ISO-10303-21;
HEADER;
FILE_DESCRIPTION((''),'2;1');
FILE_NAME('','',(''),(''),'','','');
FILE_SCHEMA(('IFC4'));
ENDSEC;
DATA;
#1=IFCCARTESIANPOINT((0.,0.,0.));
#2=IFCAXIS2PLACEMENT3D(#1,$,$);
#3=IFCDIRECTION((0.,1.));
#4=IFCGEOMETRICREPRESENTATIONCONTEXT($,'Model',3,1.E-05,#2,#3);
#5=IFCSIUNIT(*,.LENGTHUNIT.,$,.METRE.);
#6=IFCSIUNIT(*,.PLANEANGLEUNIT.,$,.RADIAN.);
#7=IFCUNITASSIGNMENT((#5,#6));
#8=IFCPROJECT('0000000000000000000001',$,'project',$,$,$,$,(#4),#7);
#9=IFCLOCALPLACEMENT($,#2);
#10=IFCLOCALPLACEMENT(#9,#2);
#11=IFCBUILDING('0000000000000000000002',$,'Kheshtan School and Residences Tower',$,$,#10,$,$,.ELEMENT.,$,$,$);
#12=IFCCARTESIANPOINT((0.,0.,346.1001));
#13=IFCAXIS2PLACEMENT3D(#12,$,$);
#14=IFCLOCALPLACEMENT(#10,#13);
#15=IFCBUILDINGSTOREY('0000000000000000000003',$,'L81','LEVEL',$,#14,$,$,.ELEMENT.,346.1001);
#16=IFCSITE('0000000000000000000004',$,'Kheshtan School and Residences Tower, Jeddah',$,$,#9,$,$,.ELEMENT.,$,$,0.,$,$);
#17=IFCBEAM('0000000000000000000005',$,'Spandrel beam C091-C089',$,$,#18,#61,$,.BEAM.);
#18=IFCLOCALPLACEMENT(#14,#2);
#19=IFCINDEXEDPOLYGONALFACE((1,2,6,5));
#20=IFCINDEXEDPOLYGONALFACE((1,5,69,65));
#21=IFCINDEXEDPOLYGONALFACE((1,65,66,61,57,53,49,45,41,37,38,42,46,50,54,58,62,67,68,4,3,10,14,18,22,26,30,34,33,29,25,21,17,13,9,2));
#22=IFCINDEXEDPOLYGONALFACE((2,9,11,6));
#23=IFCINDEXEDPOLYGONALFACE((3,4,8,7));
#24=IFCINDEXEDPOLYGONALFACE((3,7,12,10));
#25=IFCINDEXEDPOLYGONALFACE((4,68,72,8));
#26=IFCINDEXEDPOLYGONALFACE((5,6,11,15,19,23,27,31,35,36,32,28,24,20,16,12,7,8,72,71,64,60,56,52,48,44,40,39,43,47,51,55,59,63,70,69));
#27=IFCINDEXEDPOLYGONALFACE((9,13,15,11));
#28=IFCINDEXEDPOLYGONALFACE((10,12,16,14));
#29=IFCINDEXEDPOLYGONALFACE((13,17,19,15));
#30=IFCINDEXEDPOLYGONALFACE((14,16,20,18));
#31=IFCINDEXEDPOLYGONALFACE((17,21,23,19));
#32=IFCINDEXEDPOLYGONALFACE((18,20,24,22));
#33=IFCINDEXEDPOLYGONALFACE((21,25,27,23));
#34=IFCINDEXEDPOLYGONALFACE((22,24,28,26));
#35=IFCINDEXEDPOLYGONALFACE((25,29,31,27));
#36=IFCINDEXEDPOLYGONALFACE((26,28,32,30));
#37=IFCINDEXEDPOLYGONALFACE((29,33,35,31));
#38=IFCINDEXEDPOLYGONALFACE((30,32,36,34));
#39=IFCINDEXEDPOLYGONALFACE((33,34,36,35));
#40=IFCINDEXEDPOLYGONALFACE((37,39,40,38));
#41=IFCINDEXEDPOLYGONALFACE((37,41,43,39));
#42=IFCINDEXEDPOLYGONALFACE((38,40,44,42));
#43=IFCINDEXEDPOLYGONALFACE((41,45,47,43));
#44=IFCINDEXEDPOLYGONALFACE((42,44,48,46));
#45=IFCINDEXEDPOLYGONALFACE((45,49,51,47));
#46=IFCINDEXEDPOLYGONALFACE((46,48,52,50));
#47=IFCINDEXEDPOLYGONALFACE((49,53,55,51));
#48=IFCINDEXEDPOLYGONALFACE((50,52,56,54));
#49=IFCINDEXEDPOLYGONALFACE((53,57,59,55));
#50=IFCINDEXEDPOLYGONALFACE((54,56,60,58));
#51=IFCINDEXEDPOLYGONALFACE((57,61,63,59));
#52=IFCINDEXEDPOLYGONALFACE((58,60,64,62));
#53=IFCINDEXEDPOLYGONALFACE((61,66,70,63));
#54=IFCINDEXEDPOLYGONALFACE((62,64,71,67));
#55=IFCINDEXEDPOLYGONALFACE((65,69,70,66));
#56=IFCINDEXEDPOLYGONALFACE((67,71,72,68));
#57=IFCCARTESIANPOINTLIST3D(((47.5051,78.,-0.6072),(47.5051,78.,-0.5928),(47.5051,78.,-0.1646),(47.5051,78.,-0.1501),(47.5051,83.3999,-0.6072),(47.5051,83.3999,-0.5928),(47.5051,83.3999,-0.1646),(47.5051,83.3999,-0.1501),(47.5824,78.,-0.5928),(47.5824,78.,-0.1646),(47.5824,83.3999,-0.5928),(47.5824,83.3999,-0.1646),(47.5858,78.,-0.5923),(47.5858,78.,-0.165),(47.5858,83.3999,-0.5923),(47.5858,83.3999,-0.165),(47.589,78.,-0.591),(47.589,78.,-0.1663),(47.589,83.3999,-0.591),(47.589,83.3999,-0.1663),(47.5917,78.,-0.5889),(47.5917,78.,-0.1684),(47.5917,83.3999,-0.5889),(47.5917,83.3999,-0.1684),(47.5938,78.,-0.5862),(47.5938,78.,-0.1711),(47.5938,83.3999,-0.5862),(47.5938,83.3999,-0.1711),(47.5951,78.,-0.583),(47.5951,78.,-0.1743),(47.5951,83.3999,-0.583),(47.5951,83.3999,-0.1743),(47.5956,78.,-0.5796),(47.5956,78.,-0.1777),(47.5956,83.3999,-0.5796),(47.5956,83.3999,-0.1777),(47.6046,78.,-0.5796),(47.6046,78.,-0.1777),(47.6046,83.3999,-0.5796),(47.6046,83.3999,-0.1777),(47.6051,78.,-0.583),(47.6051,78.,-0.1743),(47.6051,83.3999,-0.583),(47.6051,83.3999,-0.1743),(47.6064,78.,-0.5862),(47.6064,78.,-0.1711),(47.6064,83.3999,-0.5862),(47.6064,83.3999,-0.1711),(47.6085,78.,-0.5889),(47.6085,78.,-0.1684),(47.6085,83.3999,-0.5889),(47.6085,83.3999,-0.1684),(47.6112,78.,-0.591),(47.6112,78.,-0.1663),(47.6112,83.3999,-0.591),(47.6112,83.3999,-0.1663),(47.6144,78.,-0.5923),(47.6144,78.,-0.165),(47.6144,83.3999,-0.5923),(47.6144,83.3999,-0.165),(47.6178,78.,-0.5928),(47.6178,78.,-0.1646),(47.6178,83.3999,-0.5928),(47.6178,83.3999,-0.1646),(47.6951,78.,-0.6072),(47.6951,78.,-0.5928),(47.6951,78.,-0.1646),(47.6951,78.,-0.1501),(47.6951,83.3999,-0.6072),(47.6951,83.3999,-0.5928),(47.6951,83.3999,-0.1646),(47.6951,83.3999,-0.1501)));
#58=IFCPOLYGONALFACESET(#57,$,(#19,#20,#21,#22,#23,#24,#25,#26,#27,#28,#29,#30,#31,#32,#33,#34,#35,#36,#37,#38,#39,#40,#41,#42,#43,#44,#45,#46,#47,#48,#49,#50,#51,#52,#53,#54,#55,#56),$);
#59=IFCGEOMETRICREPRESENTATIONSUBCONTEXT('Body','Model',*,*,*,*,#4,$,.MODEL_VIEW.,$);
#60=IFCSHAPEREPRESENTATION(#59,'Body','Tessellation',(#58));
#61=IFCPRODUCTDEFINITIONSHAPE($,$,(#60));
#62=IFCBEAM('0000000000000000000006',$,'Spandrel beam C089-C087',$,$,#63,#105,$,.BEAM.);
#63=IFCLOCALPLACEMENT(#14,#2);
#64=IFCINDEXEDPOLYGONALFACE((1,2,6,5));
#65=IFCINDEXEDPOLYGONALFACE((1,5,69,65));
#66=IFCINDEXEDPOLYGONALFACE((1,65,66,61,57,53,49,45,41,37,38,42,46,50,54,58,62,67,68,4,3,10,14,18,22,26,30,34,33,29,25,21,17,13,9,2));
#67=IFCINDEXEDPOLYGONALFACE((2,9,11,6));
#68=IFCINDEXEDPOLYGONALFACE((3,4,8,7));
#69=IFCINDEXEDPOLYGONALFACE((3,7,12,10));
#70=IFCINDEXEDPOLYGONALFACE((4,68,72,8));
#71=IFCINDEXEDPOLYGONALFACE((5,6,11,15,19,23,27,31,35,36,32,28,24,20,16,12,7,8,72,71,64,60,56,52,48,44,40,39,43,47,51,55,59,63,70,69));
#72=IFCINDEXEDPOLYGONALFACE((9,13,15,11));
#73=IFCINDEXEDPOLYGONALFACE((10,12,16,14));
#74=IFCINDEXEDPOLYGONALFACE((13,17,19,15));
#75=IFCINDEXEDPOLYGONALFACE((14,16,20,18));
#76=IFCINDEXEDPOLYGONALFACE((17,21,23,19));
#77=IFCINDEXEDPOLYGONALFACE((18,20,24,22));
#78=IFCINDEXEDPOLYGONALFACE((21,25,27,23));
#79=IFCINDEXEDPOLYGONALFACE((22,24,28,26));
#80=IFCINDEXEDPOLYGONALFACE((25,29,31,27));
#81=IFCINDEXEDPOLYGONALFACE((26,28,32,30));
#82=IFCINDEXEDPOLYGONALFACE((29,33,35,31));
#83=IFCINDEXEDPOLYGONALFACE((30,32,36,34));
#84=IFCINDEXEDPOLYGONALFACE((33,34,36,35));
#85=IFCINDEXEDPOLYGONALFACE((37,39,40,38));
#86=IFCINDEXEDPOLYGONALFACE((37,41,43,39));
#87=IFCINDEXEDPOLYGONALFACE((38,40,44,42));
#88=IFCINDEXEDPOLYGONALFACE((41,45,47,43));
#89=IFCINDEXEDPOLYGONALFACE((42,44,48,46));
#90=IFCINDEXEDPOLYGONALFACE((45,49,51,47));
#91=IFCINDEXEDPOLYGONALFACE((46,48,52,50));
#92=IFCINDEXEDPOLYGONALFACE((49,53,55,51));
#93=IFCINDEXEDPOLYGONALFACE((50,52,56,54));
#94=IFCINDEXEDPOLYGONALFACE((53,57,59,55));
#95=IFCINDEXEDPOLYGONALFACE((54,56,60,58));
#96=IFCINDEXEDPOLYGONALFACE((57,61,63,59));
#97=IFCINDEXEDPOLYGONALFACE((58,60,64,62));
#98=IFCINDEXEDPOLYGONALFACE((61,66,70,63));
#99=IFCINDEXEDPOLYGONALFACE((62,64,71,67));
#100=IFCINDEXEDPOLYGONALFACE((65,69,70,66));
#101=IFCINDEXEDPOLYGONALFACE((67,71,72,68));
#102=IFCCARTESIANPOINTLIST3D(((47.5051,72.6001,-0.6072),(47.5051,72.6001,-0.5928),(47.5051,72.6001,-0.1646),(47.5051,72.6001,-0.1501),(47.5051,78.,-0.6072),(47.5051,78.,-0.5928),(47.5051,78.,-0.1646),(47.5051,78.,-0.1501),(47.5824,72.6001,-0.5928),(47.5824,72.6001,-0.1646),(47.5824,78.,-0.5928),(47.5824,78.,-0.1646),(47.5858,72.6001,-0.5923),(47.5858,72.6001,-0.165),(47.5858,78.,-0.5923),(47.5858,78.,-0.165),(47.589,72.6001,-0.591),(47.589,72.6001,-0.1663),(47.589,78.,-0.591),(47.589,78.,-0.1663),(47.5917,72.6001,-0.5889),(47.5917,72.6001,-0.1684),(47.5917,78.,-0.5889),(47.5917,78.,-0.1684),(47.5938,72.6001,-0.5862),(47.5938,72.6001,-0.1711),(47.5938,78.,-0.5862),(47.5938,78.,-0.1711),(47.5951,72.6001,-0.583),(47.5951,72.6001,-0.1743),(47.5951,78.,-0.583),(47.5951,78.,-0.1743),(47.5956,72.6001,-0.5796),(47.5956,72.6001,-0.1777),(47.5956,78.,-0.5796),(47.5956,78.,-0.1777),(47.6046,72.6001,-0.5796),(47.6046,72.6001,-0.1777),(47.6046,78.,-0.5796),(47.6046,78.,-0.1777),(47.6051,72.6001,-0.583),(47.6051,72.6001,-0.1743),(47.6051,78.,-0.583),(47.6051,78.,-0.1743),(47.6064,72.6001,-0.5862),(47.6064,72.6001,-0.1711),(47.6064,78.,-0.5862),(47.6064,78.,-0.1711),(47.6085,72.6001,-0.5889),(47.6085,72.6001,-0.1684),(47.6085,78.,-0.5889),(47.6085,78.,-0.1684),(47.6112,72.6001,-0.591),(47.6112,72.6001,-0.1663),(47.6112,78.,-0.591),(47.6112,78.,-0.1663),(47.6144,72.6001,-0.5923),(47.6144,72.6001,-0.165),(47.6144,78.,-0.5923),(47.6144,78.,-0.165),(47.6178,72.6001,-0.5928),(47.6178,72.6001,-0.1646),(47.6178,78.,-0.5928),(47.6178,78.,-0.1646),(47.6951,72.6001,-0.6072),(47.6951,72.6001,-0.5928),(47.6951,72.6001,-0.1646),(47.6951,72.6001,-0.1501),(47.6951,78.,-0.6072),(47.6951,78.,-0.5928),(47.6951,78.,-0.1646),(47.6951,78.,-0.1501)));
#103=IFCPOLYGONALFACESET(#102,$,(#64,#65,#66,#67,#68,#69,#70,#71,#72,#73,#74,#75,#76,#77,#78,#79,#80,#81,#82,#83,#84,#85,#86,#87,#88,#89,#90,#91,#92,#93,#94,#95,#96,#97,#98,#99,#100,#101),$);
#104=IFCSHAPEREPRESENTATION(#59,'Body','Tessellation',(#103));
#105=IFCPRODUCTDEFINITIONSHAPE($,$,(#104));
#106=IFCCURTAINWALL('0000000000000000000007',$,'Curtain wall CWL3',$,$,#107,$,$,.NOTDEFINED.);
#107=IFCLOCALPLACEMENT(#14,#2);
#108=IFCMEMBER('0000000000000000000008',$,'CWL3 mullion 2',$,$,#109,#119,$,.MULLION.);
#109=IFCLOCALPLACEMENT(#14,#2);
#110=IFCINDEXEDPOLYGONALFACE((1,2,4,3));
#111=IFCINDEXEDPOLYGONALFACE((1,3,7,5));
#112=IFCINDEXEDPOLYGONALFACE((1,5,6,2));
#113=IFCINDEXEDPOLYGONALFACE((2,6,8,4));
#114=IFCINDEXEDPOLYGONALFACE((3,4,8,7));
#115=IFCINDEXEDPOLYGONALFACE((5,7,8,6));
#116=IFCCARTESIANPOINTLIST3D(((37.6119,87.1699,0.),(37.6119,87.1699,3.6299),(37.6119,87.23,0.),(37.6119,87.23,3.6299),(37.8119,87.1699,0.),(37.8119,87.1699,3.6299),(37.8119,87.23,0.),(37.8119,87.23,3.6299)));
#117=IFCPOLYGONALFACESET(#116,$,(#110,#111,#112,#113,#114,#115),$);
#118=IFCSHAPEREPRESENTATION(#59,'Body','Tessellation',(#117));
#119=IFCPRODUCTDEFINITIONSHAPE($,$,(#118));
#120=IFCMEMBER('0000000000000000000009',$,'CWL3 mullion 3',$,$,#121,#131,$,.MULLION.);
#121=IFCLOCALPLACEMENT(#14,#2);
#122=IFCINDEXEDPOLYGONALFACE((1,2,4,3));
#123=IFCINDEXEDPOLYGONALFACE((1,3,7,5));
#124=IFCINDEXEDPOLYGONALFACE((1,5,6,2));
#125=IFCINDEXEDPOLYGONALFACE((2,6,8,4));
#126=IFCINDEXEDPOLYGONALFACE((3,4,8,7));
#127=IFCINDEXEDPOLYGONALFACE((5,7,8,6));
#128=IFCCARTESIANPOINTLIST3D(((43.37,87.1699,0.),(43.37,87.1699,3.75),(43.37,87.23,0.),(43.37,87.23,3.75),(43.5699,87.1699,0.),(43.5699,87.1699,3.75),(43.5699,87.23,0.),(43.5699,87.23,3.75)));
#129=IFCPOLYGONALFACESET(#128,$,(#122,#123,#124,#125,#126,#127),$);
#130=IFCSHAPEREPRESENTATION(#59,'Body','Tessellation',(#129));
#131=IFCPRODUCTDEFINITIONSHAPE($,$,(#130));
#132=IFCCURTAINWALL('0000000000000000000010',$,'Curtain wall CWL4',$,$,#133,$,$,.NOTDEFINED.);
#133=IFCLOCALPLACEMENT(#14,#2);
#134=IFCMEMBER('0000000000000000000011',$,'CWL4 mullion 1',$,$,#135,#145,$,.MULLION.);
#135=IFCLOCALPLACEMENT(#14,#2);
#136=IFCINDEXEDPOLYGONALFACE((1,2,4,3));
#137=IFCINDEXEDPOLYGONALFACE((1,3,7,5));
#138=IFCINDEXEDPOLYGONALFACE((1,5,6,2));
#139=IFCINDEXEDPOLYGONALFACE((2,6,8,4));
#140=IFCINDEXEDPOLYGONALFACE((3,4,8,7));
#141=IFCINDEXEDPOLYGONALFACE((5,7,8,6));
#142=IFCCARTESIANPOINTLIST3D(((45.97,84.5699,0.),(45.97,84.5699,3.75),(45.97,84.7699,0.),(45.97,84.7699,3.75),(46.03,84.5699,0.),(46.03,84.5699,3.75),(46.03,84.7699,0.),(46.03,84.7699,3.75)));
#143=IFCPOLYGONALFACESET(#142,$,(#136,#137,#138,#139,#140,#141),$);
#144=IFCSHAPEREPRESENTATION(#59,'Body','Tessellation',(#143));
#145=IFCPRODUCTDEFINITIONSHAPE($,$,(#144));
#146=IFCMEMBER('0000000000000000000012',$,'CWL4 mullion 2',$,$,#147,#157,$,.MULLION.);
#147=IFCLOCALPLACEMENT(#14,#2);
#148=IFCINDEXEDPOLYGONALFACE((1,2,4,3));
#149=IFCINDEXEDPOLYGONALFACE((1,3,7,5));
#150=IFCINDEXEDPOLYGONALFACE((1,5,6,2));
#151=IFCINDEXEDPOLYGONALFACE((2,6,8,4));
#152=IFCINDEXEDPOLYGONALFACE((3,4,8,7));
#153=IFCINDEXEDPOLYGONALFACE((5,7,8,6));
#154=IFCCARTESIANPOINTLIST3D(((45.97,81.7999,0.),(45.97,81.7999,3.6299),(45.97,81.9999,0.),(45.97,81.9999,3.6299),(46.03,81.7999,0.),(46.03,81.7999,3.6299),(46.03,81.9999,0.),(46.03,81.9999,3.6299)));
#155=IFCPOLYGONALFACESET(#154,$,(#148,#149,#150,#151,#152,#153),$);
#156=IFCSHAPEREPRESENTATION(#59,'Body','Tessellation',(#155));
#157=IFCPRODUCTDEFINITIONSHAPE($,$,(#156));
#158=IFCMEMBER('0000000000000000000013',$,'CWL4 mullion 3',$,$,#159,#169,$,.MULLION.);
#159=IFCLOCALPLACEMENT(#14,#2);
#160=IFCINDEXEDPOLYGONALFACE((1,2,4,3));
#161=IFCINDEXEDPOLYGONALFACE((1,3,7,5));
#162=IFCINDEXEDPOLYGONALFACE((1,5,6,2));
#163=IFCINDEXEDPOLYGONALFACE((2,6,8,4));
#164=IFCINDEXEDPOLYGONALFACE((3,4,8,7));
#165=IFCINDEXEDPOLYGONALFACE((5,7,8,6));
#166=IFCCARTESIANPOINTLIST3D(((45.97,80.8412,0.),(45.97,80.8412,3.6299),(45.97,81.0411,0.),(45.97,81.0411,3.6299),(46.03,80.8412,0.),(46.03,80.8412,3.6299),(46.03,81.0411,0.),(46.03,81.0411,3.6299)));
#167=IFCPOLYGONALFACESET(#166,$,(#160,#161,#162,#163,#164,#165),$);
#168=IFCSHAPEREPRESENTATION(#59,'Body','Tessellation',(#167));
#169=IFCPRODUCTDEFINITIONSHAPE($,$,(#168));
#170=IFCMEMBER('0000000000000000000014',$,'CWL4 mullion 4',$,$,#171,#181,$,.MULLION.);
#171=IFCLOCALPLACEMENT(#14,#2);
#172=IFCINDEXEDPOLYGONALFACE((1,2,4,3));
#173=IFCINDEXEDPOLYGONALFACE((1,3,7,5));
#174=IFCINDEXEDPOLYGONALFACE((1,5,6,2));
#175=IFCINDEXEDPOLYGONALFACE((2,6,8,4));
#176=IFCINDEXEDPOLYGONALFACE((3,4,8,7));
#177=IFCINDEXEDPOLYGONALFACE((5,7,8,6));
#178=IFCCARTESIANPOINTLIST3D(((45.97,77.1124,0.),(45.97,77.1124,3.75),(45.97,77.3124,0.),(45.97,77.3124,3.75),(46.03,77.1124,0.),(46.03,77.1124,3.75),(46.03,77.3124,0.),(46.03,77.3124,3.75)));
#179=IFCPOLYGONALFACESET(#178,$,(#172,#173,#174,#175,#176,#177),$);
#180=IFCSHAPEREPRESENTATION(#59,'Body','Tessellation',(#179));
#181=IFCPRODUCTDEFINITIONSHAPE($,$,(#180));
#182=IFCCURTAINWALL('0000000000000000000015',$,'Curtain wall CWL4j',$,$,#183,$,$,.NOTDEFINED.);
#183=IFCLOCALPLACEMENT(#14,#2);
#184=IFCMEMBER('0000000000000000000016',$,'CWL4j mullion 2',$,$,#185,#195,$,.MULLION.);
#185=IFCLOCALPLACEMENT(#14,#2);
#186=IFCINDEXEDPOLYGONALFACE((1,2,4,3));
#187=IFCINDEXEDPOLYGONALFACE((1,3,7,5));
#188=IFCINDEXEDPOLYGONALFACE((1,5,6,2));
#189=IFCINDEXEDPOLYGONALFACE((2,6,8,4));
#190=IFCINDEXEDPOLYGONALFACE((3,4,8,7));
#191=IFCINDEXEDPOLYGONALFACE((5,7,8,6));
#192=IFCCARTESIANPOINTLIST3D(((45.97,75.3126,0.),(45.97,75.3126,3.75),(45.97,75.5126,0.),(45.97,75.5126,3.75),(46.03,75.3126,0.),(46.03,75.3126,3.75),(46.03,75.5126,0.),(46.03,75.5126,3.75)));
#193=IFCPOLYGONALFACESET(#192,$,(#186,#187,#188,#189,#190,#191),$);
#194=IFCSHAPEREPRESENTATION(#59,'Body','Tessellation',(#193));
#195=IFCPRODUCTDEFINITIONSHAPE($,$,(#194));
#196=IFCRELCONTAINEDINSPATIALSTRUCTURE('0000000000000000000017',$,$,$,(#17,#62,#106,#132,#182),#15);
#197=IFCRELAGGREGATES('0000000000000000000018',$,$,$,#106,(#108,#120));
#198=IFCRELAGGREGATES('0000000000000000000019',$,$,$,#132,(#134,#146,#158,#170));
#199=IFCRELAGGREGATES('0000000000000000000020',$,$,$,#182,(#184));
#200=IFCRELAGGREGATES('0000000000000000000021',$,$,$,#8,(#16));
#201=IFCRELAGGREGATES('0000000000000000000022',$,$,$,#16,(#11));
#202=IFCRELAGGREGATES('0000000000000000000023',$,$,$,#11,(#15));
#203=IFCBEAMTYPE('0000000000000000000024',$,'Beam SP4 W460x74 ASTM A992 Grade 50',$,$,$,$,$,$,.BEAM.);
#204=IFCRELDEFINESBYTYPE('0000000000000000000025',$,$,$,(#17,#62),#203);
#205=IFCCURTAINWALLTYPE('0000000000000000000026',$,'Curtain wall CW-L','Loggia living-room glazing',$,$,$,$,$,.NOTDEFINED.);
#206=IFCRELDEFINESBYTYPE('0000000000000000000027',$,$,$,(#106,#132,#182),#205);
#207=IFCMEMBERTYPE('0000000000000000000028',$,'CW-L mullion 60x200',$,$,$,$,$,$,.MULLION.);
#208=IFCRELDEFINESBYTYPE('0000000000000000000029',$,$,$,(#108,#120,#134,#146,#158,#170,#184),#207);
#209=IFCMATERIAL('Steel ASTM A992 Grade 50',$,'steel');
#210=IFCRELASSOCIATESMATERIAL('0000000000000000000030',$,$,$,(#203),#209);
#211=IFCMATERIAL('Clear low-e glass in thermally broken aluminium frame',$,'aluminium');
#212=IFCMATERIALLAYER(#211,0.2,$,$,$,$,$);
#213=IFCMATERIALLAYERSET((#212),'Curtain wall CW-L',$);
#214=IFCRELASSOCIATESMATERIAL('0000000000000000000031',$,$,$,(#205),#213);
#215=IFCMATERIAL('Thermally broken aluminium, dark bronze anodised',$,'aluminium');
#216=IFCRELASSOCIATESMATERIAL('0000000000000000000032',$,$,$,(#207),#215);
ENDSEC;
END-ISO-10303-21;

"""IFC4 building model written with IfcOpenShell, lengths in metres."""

from ifc_helpers import new_model, si_unit, direction, frame, origin, origin_2d, place, context, subcontext, project, spatial, rectangle, i_section, extrude, material, layer, layer_set, material_profile, profile_set, type_object, element, aggregate, save


model = new_model("IFC4")

# Units and contexts
model_context = context("Model", 3, precision=1e-05, world=origin(), true_north=direction((0.0, 1.0)))
body_context = subcontext(model_context, "Body", "Model", "MODEL_VIEW")
ifc_project = project(units=[si_unit("LENGTHUNIT", "METRE"), si_unit("PLANEANGLEUNIT", "RADIAN")], contexts=[model_context])

# Site, building, storey
site_placement = place(None, origin())
site = spatial("IfcSite", under=ifc_project, at=site_placement, Name="Kheshtan School and Residences Tower, Jeddah", CompositionType="ELEMENT", RefElevation=0.0)
building_placement = place(site_placement, origin())
building = spatial("IfcBuilding", under=site, at=building_placement, Name="Kheshtan School and Residences Tower", CompositionType="ELEMENT")
storey_placement = place(building_placement, frame((0.0, 0.0, 346.1001)))
storey = spatial("IfcBuildingStorey", under=building, at=storey_placement, Name="L81", Description="LEVEL", CompositionType="ELEMENT", Elevation=346.1001)

# Shared definitions
ifc_material_1 = material(Name="Steel ASTM A992 Grade 50", Category="steel")

# Beams
ifc_material_profile_1 = material_profile(ifc_material_1, i_section(OverallWidth=0.1899, OverallDepth=0.457, WebThickness=0.009, FlangeThickness=0.0144, FilletRadius=0.0132, at=origin_2d()), Name="W460x74")
ifc_profile_set_1 = profile_set([ifc_material_profile_1], Name="Steel ASTM A992 Grade 50")
beam_type = type_object("IfcBeamType", Name="Beam SP4 W460x74 ASTM A992 Grade 50", PredefinedType="BEAM", material=ifc_profile_set_1)
for number, where, z_axis, x_axis, name in (
    (1, (47.6001, 83.3999, -0.3787), (0.0, -1.0, 0.0), (1.0, 0.0, 0.0), "Spandrel beam C091-C089"),
    (2, (47.6001, 78.0, -0.3787), (0.0, -1.0, 0.0), (1.0, 0.0, 0.0), "Spandrel beam C089-C087"),
):
    element("IfcBeam", number, at=place(storey_placement, frame(where, z_axis=z_axis, x_axis=x_axis)), inside=storey, type_object=beam_type, Name=name, PredefinedType="BEAM", context=body_context, shape_type="SweptSolid", body=[
        extrude(i_section(OverallWidth=0.1899, OverallDepth=0.457, WebThickness=0.009, FlangeThickness=0.0144, FilletRadius=0.0132, at=origin_2d()), origin(), (0.0, 0.0, 1.0), 5.3999),
    ])

# Curtain walls, members
ifc_material_2 = material(Name="Clear low-e glass in thermally broken aluminium frame", Category="aluminium")
ifc_layer_1 = layer(ifc_material_2, 0.2)
ifc_layer_set_1 = layer_set([ifc_layer_1], Name="Curtain wall CW-L")
curtain_wall_type = type_object("IfcCurtainWallType", Name="Curtain wall CW-L", Description="Loggia living-room glazing", PredefinedType="NOTDEFINED", material=ifc_layer_set_1)
curtain_wall_1_placement = place(storey_placement, origin())
curtain_wall_1 = element("IfcCurtainWall", 3, at=curtain_wall_1_placement, inside=storey, type_object=curtain_wall_type, Name="Curtain wall CWL3", PredefinedType="NOTDEFINED")
ifc_material_3 = material(Name="Thermally broken aluminium, dark bronze anodised", Category="aluminium")
ifc_material_profile_2 = material_profile(ifc_material_3, rectangle(XDim=0.0601, YDim=0.2, at=origin_2d()), Name="CW-L mullion 60x200")
ifc_profile_set_2 = profile_set([ifc_material_profile_2], Name="Thermally broken aluminium, dark bronze anodised")
member_type_1 = type_object("IfcMemberType", Name="CW-L mullion 60x200", PredefinedType="MULLION", material=ifc_profile_set_2)
member_1_placement = place(storey_placement, frame((37.7119, 87.2, 0.0), z_axis=(0.0, 0.0, 1.0), x_axis=(0.0, 1.0, 0.0)))
member_1 = element("IfcMember", 4, at=member_1_placement, type_object=member_type_1, Name="CWL3 mullion 2", PredefinedType="MULLION", context=body_context, shape_type="SweptSolid", body=[
    extrude(rectangle(XDim=0.0601, YDim=0.2, at=origin_2d()), origin(), (0.0, 0.0, 1.0), 3.6299),
])
member_2_placement = place(storey_placement, frame((43.47, 87.2, 0.0), z_axis=(0.0, 0.0, 1.0), x_axis=(0.0, 1.0, 0.0)))
member_2 = element("IfcMember", 5, at=member_2_placement, type_object=member_type_1, Name="CWL3 mullion 3", PredefinedType="MULLION", context=body_context, shape_type="SweptSolid", body=[
    extrude(rectangle(XDim=0.0601, YDim=0.2, at=origin_2d()), origin(), (0.0, 0.0, 1.0), 3.75),
])
curtain_wall_2_placement = place(storey_placement, origin())
curtain_wall_2 = element("IfcCurtainWall", 6, at=curtain_wall_2_placement, inside=storey, type_object=curtain_wall_type, Name="Curtain wall CWL4", PredefinedType="NOTDEFINED")
member_3_placement = place(storey_placement, frame((46.0, 84.6699, 0.0), z_axis=(0.0, 0.0, 1.0), x_axis=(1.0, 0.0, 0.0)))
member_3 = element("IfcMember", 7, at=member_3_placement, type_object=member_type_1, Name="CWL4 mullion 1", PredefinedType="MULLION", context=body_context, shape_type="SweptSolid", body=[
    extrude(rectangle(XDim=0.0601, YDim=0.2, at=origin_2d()), origin(), (0.0, 0.0, 1.0), 3.75),
])
member_4_placement = place(storey_placement, frame((46.0, 81.8999, 0.0), z_axis=(0.0, 0.0, 1.0), x_axis=(1.0, 0.0, 0.0)))
member_4 = element("IfcMember", 8, at=member_4_placement, type_object=member_type_1, Name="CWL4 mullion 2", PredefinedType="MULLION", context=body_context, shape_type="SweptSolid", body=[
    extrude(rectangle(XDim=0.0601, YDim=0.2, at=origin_2d()), origin(), (0.0, 0.0, 1.0), 3.6299),
])
member_5_placement = place(storey_placement, frame((46.0, 80.9412, 0.0), z_axis=(0.0, 0.0, 1.0), x_axis=(1.0, 0.0, 0.0)))
member_5 = element("IfcMember", 9, at=member_5_placement, type_object=member_type_1, Name="CWL4 mullion 3", PredefinedType="MULLION", context=body_context, shape_type="SweptSolid", body=[
    extrude(rectangle(XDim=0.0601, YDim=0.2, at=origin_2d()), origin(), (0.0, 0.0, 1.0), 3.6299),
])
member_6_placement = place(storey_placement, frame((46.0, 77.2124, 0.0), z_axis=(0.0, 0.0, 1.0), x_axis=(1.0, 0.0, 0.0)))
member_6 = element("IfcMember", 10, at=member_6_placement, type_object=member_type_1, Name="CWL4 mullion 4", PredefinedType="MULLION", context=body_context, shape_type="SweptSolid", body=[
    extrude(rectangle(XDim=0.0601, YDim=0.2, at=origin_2d()), origin(), (0.0, 0.0, 1.0), 3.75),
])

# Curtain wall, member
curtain_wall_3_placement = place(storey_placement, origin())
curtain_wall_3 = element("IfcCurtainWall", 11, at=curtain_wall_3_placement, inside=storey, type_object=curtain_wall_type, Name="Curtain wall CWL4j", PredefinedType="NOTDEFINED")
member_7_placement = place(storey_placement, frame((46.0, 75.4126, 0.0), z_axis=(0.0, 0.0, 1.0), x_axis=(1.0, 0.0, 0.0)))
member_7 = element("IfcMember", 12, at=member_7_placement, type_object=member_type_1, Name="CWL4j mullion 2", PredefinedType="MULLION", context=body_context, shape_type="SweptSolid", body=[
    extrude(rectangle(XDim=0.0601, YDim=0.2, at=origin_2d()), origin(), (0.0, 0.0, 1.0), 3.75),
])

aggregate(curtain_wall_1, [member_1, member_2])
aggregate(curtain_wall_2, [member_3, member_4, member_5, member_6])
aggregate(curtain_wall_3, [member_7])

save(model, "model.ifc")
